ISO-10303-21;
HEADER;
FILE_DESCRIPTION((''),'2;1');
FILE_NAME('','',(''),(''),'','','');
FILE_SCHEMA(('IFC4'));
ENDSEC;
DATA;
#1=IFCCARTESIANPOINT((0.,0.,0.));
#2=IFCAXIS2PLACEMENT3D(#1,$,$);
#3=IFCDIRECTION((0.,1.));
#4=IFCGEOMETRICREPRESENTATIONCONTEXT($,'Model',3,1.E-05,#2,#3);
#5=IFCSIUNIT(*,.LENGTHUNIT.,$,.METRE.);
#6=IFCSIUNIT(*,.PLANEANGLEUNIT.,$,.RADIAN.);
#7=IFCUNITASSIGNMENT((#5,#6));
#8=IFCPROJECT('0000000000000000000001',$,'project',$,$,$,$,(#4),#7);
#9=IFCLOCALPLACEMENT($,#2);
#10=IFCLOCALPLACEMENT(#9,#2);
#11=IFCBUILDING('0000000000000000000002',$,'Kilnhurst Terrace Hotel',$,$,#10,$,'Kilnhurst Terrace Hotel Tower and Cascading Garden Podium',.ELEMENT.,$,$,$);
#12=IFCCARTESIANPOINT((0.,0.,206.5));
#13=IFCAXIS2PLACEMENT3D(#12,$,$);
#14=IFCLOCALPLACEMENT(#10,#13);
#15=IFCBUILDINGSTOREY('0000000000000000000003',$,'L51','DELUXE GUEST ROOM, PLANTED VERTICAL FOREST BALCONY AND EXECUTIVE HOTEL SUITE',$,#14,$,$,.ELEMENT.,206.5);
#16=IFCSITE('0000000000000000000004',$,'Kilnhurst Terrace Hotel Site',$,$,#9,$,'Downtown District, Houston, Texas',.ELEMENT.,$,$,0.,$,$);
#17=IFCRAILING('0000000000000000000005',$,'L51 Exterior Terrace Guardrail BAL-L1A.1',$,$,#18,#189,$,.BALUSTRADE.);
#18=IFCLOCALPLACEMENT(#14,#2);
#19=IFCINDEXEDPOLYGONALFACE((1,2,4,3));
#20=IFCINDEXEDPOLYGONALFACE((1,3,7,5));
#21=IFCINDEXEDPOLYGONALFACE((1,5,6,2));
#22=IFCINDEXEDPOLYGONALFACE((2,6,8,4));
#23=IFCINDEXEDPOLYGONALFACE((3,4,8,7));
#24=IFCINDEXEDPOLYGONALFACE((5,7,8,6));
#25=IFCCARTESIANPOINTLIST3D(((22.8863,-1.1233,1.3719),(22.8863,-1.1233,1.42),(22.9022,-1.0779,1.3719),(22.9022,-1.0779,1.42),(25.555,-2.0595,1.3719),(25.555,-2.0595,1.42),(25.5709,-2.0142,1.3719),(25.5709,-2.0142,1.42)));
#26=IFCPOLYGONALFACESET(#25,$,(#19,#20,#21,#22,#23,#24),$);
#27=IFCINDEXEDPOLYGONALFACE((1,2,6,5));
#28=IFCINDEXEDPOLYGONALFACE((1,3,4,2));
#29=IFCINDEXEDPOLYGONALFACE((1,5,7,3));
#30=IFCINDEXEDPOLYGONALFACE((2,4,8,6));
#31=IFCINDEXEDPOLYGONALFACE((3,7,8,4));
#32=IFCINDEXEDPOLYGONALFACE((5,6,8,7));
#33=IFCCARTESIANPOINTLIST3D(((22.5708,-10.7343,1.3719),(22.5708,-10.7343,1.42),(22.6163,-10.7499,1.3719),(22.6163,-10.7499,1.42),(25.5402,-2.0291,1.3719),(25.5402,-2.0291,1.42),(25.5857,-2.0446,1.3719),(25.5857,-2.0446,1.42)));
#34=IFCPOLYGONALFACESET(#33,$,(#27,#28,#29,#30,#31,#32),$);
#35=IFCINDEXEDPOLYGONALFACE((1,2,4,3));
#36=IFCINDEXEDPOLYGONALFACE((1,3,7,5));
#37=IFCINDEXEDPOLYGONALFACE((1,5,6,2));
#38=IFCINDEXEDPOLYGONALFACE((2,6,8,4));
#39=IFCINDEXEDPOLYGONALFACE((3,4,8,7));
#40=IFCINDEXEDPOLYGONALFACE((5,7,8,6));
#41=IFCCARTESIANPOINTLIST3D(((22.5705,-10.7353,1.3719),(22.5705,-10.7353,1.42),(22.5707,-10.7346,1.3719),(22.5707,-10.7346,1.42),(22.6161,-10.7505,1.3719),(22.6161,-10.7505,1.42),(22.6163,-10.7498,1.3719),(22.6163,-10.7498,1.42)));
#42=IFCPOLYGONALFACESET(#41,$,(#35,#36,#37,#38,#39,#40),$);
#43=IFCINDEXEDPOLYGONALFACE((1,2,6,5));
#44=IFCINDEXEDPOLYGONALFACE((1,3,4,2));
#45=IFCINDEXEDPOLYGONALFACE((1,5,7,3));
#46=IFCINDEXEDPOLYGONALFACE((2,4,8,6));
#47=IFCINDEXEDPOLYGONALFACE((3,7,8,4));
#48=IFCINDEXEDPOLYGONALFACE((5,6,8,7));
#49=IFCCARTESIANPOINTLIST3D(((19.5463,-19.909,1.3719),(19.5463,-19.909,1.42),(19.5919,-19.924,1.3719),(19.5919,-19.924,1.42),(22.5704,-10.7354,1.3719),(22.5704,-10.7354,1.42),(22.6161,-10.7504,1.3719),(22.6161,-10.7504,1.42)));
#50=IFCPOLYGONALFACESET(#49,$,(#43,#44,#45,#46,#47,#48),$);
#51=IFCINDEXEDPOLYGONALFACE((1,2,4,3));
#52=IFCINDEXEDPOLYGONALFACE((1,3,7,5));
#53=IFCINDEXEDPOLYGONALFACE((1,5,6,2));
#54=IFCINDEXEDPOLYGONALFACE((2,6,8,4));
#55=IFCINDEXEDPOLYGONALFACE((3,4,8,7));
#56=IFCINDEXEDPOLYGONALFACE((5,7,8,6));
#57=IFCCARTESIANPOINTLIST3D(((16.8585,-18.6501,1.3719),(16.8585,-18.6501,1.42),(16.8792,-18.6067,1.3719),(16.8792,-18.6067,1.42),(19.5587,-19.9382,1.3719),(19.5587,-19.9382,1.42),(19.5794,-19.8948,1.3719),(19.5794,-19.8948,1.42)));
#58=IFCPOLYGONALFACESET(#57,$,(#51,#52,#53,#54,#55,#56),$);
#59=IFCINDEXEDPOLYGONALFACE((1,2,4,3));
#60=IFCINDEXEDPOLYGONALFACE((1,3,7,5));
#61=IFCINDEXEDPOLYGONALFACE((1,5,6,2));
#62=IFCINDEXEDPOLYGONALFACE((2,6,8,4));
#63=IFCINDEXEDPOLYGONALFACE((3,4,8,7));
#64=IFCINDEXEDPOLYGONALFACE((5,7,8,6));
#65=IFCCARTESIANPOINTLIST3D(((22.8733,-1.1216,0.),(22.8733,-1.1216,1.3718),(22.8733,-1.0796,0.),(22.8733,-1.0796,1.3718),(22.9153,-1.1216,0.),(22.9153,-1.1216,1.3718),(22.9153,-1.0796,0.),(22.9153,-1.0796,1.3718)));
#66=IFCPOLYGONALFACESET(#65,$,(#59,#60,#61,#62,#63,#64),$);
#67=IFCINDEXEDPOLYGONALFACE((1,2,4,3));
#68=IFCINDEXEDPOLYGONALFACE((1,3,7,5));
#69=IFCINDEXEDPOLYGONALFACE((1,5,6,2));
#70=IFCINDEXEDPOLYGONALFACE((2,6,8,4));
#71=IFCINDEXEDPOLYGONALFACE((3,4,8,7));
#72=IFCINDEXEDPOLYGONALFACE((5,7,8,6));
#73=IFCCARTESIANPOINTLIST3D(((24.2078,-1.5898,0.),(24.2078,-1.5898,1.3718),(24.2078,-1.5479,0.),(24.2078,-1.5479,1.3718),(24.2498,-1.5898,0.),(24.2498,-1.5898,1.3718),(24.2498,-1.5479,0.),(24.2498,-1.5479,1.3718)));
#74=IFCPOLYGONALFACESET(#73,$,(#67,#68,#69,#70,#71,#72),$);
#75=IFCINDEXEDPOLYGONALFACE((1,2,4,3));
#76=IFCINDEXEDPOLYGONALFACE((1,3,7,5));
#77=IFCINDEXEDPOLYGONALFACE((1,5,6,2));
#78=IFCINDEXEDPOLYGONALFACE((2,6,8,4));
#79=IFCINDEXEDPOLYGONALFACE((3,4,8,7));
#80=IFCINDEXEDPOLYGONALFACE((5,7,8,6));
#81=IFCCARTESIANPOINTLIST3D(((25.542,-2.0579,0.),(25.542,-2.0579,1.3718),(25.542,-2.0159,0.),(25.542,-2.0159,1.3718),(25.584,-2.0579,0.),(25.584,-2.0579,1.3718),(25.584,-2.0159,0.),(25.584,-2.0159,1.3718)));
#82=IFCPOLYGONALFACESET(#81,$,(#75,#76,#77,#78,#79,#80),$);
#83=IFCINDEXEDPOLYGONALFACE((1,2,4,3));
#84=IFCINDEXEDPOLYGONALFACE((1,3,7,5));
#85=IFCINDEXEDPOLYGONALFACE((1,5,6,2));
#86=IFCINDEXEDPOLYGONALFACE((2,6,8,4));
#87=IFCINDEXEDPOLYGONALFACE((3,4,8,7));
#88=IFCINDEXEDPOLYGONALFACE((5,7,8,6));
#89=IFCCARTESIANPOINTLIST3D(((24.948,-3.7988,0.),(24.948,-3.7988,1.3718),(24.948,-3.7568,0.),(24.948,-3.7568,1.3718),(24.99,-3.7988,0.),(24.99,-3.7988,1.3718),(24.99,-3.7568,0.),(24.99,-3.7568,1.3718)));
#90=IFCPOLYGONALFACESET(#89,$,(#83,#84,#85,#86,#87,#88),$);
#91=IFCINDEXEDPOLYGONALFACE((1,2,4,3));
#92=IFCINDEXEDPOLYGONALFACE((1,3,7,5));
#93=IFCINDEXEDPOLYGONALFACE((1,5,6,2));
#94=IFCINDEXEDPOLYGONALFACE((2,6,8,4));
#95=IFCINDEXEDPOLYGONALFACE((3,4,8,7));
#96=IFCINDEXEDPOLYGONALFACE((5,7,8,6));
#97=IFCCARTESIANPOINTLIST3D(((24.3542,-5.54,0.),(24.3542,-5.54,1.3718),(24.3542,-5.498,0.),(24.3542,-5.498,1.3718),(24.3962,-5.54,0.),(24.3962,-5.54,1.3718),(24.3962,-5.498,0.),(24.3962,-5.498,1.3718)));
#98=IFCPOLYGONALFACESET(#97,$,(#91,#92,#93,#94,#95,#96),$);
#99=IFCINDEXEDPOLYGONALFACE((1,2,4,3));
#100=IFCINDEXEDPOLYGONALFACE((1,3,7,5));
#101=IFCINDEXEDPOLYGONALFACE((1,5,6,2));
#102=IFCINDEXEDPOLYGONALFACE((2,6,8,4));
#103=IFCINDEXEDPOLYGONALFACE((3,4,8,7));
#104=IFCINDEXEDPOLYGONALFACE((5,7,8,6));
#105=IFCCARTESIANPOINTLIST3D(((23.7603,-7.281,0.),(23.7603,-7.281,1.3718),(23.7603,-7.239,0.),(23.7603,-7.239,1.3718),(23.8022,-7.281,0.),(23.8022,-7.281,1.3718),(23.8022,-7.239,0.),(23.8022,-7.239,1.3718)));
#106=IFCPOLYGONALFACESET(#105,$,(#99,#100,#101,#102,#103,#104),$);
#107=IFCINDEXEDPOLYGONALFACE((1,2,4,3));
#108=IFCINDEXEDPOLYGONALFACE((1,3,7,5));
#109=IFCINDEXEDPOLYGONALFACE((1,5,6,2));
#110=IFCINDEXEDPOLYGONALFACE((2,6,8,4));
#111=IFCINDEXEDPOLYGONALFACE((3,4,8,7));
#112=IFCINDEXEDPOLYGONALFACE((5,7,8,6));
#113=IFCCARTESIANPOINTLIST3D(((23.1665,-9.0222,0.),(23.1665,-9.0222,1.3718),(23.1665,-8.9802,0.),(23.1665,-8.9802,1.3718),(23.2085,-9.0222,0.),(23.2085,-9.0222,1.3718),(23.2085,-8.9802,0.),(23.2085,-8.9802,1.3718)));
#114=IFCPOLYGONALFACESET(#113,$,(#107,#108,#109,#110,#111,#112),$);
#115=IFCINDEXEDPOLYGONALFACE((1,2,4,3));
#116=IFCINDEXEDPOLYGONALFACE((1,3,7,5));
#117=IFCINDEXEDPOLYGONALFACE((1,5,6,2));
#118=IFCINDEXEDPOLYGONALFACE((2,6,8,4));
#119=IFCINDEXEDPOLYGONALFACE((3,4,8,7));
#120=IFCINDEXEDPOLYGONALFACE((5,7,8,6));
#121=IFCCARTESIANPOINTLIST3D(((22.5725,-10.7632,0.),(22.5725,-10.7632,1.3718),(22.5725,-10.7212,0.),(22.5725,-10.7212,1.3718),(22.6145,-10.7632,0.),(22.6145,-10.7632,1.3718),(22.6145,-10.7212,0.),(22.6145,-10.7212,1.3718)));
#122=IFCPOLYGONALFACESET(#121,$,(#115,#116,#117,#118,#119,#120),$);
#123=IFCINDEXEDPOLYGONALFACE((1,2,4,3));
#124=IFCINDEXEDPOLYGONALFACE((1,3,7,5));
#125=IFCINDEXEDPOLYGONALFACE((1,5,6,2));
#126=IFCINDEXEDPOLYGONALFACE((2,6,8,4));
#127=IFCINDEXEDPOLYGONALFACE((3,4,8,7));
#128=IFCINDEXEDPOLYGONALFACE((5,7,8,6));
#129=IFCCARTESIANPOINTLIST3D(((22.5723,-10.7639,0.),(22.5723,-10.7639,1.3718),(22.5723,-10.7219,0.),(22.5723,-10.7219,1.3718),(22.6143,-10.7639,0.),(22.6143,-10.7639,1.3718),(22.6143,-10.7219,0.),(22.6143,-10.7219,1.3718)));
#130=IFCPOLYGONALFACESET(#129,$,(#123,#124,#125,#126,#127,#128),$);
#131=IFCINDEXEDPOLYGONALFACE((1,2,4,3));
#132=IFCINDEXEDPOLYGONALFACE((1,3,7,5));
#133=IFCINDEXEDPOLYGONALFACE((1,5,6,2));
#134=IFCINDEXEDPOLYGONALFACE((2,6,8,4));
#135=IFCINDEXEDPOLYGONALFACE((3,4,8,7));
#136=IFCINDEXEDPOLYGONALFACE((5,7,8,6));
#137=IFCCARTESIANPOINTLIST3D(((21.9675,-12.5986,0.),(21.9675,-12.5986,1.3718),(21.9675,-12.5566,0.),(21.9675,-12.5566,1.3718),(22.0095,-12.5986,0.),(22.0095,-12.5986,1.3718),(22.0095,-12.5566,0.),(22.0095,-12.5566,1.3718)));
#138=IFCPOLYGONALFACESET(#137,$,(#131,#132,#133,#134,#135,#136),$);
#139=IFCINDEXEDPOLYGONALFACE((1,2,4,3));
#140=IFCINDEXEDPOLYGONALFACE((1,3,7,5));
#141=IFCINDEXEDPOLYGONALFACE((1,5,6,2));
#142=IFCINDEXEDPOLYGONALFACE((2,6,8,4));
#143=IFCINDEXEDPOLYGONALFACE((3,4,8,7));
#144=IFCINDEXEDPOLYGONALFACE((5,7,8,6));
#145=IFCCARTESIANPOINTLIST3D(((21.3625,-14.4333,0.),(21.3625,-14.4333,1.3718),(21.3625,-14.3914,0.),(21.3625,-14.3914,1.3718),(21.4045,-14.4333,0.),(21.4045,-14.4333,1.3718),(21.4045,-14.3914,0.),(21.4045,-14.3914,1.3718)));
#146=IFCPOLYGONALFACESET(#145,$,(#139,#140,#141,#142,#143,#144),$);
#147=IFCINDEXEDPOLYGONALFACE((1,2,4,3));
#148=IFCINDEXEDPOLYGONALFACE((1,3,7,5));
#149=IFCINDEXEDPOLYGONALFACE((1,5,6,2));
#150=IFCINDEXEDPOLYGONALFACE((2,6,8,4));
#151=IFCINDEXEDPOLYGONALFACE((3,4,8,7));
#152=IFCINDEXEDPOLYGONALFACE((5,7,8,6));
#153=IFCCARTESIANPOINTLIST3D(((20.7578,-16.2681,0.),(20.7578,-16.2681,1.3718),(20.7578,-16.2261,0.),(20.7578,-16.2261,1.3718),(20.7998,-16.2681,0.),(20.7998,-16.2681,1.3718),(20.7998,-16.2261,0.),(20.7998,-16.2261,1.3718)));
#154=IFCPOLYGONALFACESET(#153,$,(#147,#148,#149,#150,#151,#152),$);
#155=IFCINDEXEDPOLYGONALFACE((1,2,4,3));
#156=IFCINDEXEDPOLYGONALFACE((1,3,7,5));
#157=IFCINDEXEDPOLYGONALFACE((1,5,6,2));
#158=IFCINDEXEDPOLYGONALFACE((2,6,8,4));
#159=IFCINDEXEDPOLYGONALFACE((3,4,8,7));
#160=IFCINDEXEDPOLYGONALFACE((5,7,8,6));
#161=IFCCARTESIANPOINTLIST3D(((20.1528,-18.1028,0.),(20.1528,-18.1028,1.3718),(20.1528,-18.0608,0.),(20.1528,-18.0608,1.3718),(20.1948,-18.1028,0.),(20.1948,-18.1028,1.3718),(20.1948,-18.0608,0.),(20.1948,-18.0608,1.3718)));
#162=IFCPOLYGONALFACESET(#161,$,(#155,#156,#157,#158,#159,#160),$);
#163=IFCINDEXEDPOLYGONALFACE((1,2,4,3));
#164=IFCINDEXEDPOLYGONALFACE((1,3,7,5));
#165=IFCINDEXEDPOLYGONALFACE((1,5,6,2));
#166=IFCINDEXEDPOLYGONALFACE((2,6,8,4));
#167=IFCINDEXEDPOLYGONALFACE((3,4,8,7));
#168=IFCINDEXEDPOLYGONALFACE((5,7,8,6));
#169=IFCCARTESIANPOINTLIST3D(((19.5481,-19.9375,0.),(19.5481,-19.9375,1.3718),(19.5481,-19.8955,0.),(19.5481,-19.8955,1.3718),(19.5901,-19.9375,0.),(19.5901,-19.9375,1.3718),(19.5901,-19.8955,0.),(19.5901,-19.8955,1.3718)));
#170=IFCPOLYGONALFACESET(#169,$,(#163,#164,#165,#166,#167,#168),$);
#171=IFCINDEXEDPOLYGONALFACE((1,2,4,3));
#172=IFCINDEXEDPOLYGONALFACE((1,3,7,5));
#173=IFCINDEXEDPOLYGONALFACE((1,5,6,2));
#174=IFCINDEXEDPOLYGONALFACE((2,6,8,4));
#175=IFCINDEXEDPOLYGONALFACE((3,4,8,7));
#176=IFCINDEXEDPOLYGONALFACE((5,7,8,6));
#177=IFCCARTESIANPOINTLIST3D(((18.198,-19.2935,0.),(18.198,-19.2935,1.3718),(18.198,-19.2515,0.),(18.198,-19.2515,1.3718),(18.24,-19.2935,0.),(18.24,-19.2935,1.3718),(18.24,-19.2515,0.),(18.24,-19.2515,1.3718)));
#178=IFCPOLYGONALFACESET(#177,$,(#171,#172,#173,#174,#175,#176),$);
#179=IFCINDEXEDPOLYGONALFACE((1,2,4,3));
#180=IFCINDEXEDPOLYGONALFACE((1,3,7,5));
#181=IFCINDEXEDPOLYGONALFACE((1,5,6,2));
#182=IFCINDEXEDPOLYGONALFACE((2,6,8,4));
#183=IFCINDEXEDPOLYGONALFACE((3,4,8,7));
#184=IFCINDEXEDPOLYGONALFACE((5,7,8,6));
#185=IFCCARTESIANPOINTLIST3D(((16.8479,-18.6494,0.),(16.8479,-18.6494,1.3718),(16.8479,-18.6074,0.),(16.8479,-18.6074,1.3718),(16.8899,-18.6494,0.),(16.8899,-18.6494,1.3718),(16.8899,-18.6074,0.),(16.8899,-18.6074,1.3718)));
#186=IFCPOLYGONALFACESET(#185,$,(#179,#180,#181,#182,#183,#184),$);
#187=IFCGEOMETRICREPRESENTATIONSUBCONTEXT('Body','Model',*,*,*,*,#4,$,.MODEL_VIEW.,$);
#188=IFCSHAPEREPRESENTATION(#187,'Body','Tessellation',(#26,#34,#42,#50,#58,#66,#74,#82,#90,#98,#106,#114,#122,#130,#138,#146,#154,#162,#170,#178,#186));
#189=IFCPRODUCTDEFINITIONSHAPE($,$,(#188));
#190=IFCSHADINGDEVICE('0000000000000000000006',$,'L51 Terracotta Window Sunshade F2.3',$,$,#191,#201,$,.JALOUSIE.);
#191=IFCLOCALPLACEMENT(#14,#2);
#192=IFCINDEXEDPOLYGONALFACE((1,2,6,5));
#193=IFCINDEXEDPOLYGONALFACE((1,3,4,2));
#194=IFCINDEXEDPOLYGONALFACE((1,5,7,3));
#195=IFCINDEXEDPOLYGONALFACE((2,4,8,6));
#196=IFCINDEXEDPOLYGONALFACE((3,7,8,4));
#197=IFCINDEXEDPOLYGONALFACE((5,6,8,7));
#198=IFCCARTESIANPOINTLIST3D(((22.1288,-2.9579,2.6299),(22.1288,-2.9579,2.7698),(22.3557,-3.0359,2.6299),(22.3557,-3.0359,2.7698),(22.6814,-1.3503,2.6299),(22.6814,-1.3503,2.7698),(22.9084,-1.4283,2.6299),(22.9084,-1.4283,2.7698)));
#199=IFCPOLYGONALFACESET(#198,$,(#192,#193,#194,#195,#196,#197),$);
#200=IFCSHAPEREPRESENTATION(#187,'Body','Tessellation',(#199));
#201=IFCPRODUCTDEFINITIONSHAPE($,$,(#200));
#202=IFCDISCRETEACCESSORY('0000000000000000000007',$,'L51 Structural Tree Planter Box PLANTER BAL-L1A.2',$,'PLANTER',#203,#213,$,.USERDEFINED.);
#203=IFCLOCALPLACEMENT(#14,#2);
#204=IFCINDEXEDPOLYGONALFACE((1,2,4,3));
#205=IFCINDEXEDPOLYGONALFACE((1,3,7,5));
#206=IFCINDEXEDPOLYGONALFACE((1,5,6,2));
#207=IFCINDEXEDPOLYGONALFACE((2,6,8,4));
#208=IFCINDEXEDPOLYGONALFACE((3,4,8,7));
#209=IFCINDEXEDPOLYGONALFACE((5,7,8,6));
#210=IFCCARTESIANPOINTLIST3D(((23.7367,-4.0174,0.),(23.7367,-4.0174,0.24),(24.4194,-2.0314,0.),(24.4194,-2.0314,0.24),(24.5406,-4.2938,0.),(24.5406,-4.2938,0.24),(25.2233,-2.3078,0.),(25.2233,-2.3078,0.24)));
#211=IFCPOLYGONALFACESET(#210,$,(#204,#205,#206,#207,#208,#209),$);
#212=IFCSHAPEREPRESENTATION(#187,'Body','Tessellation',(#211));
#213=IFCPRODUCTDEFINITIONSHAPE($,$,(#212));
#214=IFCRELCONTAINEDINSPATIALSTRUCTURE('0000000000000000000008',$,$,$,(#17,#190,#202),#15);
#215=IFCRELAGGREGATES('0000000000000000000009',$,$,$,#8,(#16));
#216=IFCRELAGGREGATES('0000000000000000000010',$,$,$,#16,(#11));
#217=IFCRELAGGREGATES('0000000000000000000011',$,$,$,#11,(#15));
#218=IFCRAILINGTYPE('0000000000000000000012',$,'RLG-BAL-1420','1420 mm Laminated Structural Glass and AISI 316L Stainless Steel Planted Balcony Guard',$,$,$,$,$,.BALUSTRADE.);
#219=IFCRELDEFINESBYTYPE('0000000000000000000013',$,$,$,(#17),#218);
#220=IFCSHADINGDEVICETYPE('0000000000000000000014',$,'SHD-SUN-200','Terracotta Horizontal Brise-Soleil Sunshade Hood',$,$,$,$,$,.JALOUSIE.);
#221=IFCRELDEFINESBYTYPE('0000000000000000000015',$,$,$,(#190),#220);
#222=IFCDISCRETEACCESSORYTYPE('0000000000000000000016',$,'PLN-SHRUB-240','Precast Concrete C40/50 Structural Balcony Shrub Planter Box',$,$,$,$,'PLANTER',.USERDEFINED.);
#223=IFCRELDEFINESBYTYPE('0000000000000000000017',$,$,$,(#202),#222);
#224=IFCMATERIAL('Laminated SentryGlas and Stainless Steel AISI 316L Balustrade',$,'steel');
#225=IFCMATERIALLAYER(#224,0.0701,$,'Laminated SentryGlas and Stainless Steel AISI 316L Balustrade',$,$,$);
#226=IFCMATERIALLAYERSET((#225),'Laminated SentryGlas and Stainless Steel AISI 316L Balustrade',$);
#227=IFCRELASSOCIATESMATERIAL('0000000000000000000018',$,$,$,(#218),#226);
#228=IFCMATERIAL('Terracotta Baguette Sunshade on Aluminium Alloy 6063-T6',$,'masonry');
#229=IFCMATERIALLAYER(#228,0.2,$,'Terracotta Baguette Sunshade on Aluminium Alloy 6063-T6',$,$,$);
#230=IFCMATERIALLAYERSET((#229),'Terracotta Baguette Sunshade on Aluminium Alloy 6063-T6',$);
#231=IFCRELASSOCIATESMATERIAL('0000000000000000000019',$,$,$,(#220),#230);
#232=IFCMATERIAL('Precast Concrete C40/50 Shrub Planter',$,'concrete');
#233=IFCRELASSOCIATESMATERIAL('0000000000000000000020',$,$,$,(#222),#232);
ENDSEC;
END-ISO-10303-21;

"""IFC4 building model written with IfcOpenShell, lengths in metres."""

from ifc_helpers import new_model, si_unit, direction, frame, origin, origin_2d, place, context, subcontext, project, spatial, rectangle, extrude, material, layer, layer_set, type_object, element, save


model = new_model("IFC4")

# Units and contexts
model_context = context("Model", 3, precision=1e-05, world=origin(), true_north=direction((0.0, 1.0)))
body_context = subcontext(model_context, "Body", "Model", "MODEL_VIEW")
ifc_project = project(units=[si_unit("LENGTHUNIT", "METRE"), si_unit("PLANEANGLEUNIT", "RADIAN")], contexts=[model_context])

# Site, building, storey
site_placement = place(None, origin())
site = spatial("IfcSite", under=ifc_project, at=site_placement, Name="Kilnhurst Terrace Hotel Site", LongName="Downtown District, Houston, Texas", CompositionType="ELEMENT", RefElevation=0.0)
building_placement = place(site_placement, origin())
building = spatial("IfcBuilding", under=site, at=building_placement, Name="Kilnhurst Terrace Hotel", LongName="Kilnhurst Terrace Hotel Tower and Cascading Garden Podium", CompositionType="ELEMENT")
storey_placement = place(building_placement, frame((0.0, 0.0, 206.5)))
storey = spatial("IfcBuildingStorey", under=building, at=storey_placement, Name="L51", Description="DELUXE GUEST ROOM, PLANTED VERTICAL FOREST BALCONY AND EXECUTIVE HOTEL SUITE", CompositionType="ELEMENT", Elevation=206.5)

# Railing
ifc_material_1 = material(Name="Laminated SentryGlas and Stainless Steel AISI 316L Balustrade", Category="steel")
ifc_layer_1 = layer(ifc_material_1, 0.0701, Name="Laminated SentryGlas and Stainless Steel AISI 316L Balustrade")
ifc_layer_set_1 = layer_set([ifc_layer_1], Name="Laminated SentryGlas and Stainless Steel AISI 316L Balustrade")
railing_type = type_object("IfcRailingType", Name="RLG-BAL-1420", Description="1420 mm Laminated Structural Glass and AISI 316L Stainless Steel Planted Balcony Guard", PredefinedType="BALUSTRADE", material=ifc_layer_set_1)
railing_placement = place(storey_placement, frame((22.8943, -1.1006, 0.0)))
element("IfcRailing", 1, at=railing_placement, inside=storey, type_object=railing_type, Name="L51 Exterior Terrace Guardrail BAL-L1A.1", PredefinedType="BALUSTRADE", context=body_context, shape_type="SweptSolid", body=[
    extrude(rectangle(XDim=0.0481, YDim=0.0481, at=origin_2d()), frame((0.0, 0.0, 1.396), z_axis=(0.943612, -0.331054, 0.0), x_axis=(0.331054, 0.943612, 0.0)), (0.0, 0.0, 1.0), 2.8281),
    extrude(rectangle(XDim=0.0481, YDim=0.0481, at=origin_2d()), frame((2.6687, -0.9363, 1.396), z_axis=(-0.322845, -0.946452, 0.0), x_axis=(0.946452, -0.322845, 0.0)), (0.0, 0.0, 1.0), 9.1978),
    extrude(rectangle(XDim=0.0481, YDim=0.0481, at=origin_2d()), frame((-0.3008, -9.6416, 1.396), z_axis=(-0.316228, -0.948683, 0.0), x_axis=(0.948683, -0.316228, 0.0)), (0.0, 0.0, 1.0), 0.0007),
    extrude(rectangle(XDim=0.0481, YDim=0.0481, at=origin_2d()), frame((-0.301, -9.6423, 1.396), z_axis=(-0.313087, -0.949725, 0.0), x_axis=(0.949725, -0.313087, 0.0)), (0.0, 0.0, 1.0), 9.6592),
    extrude(rectangle(XDim=0.0481, YDim=0.0481, at=origin_2d()), frame((-3.3252, -18.8159, 1.396), z_axis=(-0.902565, 0.430554, 0.0), x_axis=(-0.430554, -0.902565, 0.0)), (0.0, 0.0, 1.0), 2.9917),
    extrude(rectangle(XDim=0.042, YDim=0.042, at=origin_2d()), origin(), (0.0, 0.0, 1.0), 1.3718),
    extrude(rectangle(XDim=0.042, YDim=0.042, at=origin_2d()), frame((1.3345, -0.4683, 0.0)), (0.0, 0.0, 1.0), 1.3718),
    extrude(rectangle(XDim=0.042, YDim=0.042, at=origin_2d()), frame((2.6687, -0.9363, 0.0)), (0.0, 0.0, 1.0), 1.3718),
    extrude(rectangle(XDim=0.042, YDim=0.042, at=origin_2d()), frame((2.0747, -2.6772, 0.0)), (0.0, 0.0, 1.0), 1.3718),
    extrude(rectangle(XDim=0.042, YDim=0.042, at=origin_2d()), frame((1.481, -4.4185, 0.0)), (0.0, 0.0, 1.0), 1.3718),
    extrude(rectangle(XDim=0.042, YDim=0.042, at=origin_2d()), frame((0.887, -6.1594, 0.0)), (0.0, 0.0, 1.0), 1.3718),
    extrude(rectangle(XDim=0.042, YDim=0.042, at=origin_2d()), frame((0.2932, -7.9006, 0.0)), (0.0, 0.0, 1.0), 1.3718),
    extrude(rectangle(XDim=0.042, YDim=0.042, at=origin_2d()), frame((-0.3008, -9.6416, 0.0)), (0.0, 0.0, 1.0), 1.3718),
    extrude(rectangle(XDim=0.042, YDim=0.042, at=origin_2d()), frame((-0.301, -9.6423, 0.0)), (0.0, 0.0, 1.0), 1.3718),
    extrude(rectangle(XDim=0.042, YDim=0.042, at=origin_2d()), frame((-0.9058, -11.4771, 0.0)), (0.0, 0.0, 1.0), 1.3718),
    extrude(rectangle(XDim=0.042, YDim=0.042, at=origin_2d()), frame((-1.5107, -13.3118, 0.0)), (0.0, 0.0, 1.0), 1.3718),
    extrude(rectangle(XDim=0.042, YDim=0.042, at=origin_2d()), frame((-2.1155, -15.1465, 0.0)), (0.0, 0.0, 1.0), 1.3718),
    extrude(rectangle(XDim=0.042, YDim=0.042, at=origin_2d()), frame((-2.7205, -16.9812, 0.0)), (0.0, 0.0, 1.0), 1.3718),
    extrude(rectangle(XDim=0.042, YDim=0.042, at=origin_2d()), frame((-3.3252, -18.8159, 0.0)), (0.0, 0.0, 1.0), 1.3718),
    extrude(rectangle(XDim=0.042, YDim=0.042, at=origin_2d()), frame((-4.6753, -18.1719, 0.0)), (0.0, 0.0, 1.0), 1.3718),
    extrude(rectangle(XDim=0.042, YDim=0.042, at=origin_2d()), frame((-6.0254, -17.5278, 0.0)), (0.0, 0.0, 1.0), 1.3718),
])

# Shading device
ifc_material_2 = material(Name="Terracotta Baguette Sunshade on Aluminium Alloy 6063-T6", Category="masonry")
ifc_layer_2 = layer(ifc_material_2, 0.2, Name="Terracotta Baguette Sunshade on Aluminium Alloy 6063-T6")
ifc_layer_set_2 = layer_set([ifc_layer_2], Name="Terracotta Baguette Sunshade on Aluminium Alloy 6063-T6")
shading_device_type = type_object("IfcShadingDeviceType", Name="SHD-SUN-200", Description="Terracotta Horizontal Brise-Soleil Sunshade Hood", PredefinedType="JALOUSIE", material=ifc_layer_set_2)
shading_device_placement = place(storey_placement, frame((22.5186, -2.1931, 2.6299), z_axis=(0.0, 0.0, 1.0), x_axis=(0.32509, 0.945683, 0.0)))
element("IfcShadingDevice", 2, at=shading_device_placement, inside=storey, type_object=shading_device_type, Name="L51 Terracotta Window Sunshade F2.3", PredefinedType="JALOUSIE", context=body_context, shape_type="SweptSolid", body=[
    extrude(rectangle(XDim=1.7, YDim=0.24, at=origin_2d()), origin(), (0.0, 0.0, 1.0), 0.1399),
])

# Discrete accessory
ifc_material_3 = material(Name="Precast Concrete C40/50 Shrub Planter", Category="concrete")
discrete_accessory_type = type_object("IfcDiscreteAccessoryType", Name="PLN-SHRUB-240", Description="Precast Concrete C40/50 Structural Balcony Shrub Planter Box", ElementType="PLANTER", PredefinedType="USERDEFINED", material=ifc_material_3)
discrete_accessory_placement = place(storey_placement, frame((24.48, -3.1626, 0.0), z_axis=(0.0, 0.0, 1.0), x_axis=(0.32509, 0.945683, 0.0)))
element("IfcDiscreteAccessory", 3, at=discrete_accessory_placement, inside=storey, type_object=discrete_accessory_type, Name="L51 Structural Tree Planter Box PLANTER BAL-L1A.2", ObjectType="PLANTER", PredefinedType="USERDEFINED", context=body_context, shape_type="SweptSolid", body=[
    extrude(rectangle(XDim=2.1001, YDim=0.8501, at=origin_2d()), origin(), (0.0, 0.0, 1.0), 0.24),
])

save(model, "model.ifc")
